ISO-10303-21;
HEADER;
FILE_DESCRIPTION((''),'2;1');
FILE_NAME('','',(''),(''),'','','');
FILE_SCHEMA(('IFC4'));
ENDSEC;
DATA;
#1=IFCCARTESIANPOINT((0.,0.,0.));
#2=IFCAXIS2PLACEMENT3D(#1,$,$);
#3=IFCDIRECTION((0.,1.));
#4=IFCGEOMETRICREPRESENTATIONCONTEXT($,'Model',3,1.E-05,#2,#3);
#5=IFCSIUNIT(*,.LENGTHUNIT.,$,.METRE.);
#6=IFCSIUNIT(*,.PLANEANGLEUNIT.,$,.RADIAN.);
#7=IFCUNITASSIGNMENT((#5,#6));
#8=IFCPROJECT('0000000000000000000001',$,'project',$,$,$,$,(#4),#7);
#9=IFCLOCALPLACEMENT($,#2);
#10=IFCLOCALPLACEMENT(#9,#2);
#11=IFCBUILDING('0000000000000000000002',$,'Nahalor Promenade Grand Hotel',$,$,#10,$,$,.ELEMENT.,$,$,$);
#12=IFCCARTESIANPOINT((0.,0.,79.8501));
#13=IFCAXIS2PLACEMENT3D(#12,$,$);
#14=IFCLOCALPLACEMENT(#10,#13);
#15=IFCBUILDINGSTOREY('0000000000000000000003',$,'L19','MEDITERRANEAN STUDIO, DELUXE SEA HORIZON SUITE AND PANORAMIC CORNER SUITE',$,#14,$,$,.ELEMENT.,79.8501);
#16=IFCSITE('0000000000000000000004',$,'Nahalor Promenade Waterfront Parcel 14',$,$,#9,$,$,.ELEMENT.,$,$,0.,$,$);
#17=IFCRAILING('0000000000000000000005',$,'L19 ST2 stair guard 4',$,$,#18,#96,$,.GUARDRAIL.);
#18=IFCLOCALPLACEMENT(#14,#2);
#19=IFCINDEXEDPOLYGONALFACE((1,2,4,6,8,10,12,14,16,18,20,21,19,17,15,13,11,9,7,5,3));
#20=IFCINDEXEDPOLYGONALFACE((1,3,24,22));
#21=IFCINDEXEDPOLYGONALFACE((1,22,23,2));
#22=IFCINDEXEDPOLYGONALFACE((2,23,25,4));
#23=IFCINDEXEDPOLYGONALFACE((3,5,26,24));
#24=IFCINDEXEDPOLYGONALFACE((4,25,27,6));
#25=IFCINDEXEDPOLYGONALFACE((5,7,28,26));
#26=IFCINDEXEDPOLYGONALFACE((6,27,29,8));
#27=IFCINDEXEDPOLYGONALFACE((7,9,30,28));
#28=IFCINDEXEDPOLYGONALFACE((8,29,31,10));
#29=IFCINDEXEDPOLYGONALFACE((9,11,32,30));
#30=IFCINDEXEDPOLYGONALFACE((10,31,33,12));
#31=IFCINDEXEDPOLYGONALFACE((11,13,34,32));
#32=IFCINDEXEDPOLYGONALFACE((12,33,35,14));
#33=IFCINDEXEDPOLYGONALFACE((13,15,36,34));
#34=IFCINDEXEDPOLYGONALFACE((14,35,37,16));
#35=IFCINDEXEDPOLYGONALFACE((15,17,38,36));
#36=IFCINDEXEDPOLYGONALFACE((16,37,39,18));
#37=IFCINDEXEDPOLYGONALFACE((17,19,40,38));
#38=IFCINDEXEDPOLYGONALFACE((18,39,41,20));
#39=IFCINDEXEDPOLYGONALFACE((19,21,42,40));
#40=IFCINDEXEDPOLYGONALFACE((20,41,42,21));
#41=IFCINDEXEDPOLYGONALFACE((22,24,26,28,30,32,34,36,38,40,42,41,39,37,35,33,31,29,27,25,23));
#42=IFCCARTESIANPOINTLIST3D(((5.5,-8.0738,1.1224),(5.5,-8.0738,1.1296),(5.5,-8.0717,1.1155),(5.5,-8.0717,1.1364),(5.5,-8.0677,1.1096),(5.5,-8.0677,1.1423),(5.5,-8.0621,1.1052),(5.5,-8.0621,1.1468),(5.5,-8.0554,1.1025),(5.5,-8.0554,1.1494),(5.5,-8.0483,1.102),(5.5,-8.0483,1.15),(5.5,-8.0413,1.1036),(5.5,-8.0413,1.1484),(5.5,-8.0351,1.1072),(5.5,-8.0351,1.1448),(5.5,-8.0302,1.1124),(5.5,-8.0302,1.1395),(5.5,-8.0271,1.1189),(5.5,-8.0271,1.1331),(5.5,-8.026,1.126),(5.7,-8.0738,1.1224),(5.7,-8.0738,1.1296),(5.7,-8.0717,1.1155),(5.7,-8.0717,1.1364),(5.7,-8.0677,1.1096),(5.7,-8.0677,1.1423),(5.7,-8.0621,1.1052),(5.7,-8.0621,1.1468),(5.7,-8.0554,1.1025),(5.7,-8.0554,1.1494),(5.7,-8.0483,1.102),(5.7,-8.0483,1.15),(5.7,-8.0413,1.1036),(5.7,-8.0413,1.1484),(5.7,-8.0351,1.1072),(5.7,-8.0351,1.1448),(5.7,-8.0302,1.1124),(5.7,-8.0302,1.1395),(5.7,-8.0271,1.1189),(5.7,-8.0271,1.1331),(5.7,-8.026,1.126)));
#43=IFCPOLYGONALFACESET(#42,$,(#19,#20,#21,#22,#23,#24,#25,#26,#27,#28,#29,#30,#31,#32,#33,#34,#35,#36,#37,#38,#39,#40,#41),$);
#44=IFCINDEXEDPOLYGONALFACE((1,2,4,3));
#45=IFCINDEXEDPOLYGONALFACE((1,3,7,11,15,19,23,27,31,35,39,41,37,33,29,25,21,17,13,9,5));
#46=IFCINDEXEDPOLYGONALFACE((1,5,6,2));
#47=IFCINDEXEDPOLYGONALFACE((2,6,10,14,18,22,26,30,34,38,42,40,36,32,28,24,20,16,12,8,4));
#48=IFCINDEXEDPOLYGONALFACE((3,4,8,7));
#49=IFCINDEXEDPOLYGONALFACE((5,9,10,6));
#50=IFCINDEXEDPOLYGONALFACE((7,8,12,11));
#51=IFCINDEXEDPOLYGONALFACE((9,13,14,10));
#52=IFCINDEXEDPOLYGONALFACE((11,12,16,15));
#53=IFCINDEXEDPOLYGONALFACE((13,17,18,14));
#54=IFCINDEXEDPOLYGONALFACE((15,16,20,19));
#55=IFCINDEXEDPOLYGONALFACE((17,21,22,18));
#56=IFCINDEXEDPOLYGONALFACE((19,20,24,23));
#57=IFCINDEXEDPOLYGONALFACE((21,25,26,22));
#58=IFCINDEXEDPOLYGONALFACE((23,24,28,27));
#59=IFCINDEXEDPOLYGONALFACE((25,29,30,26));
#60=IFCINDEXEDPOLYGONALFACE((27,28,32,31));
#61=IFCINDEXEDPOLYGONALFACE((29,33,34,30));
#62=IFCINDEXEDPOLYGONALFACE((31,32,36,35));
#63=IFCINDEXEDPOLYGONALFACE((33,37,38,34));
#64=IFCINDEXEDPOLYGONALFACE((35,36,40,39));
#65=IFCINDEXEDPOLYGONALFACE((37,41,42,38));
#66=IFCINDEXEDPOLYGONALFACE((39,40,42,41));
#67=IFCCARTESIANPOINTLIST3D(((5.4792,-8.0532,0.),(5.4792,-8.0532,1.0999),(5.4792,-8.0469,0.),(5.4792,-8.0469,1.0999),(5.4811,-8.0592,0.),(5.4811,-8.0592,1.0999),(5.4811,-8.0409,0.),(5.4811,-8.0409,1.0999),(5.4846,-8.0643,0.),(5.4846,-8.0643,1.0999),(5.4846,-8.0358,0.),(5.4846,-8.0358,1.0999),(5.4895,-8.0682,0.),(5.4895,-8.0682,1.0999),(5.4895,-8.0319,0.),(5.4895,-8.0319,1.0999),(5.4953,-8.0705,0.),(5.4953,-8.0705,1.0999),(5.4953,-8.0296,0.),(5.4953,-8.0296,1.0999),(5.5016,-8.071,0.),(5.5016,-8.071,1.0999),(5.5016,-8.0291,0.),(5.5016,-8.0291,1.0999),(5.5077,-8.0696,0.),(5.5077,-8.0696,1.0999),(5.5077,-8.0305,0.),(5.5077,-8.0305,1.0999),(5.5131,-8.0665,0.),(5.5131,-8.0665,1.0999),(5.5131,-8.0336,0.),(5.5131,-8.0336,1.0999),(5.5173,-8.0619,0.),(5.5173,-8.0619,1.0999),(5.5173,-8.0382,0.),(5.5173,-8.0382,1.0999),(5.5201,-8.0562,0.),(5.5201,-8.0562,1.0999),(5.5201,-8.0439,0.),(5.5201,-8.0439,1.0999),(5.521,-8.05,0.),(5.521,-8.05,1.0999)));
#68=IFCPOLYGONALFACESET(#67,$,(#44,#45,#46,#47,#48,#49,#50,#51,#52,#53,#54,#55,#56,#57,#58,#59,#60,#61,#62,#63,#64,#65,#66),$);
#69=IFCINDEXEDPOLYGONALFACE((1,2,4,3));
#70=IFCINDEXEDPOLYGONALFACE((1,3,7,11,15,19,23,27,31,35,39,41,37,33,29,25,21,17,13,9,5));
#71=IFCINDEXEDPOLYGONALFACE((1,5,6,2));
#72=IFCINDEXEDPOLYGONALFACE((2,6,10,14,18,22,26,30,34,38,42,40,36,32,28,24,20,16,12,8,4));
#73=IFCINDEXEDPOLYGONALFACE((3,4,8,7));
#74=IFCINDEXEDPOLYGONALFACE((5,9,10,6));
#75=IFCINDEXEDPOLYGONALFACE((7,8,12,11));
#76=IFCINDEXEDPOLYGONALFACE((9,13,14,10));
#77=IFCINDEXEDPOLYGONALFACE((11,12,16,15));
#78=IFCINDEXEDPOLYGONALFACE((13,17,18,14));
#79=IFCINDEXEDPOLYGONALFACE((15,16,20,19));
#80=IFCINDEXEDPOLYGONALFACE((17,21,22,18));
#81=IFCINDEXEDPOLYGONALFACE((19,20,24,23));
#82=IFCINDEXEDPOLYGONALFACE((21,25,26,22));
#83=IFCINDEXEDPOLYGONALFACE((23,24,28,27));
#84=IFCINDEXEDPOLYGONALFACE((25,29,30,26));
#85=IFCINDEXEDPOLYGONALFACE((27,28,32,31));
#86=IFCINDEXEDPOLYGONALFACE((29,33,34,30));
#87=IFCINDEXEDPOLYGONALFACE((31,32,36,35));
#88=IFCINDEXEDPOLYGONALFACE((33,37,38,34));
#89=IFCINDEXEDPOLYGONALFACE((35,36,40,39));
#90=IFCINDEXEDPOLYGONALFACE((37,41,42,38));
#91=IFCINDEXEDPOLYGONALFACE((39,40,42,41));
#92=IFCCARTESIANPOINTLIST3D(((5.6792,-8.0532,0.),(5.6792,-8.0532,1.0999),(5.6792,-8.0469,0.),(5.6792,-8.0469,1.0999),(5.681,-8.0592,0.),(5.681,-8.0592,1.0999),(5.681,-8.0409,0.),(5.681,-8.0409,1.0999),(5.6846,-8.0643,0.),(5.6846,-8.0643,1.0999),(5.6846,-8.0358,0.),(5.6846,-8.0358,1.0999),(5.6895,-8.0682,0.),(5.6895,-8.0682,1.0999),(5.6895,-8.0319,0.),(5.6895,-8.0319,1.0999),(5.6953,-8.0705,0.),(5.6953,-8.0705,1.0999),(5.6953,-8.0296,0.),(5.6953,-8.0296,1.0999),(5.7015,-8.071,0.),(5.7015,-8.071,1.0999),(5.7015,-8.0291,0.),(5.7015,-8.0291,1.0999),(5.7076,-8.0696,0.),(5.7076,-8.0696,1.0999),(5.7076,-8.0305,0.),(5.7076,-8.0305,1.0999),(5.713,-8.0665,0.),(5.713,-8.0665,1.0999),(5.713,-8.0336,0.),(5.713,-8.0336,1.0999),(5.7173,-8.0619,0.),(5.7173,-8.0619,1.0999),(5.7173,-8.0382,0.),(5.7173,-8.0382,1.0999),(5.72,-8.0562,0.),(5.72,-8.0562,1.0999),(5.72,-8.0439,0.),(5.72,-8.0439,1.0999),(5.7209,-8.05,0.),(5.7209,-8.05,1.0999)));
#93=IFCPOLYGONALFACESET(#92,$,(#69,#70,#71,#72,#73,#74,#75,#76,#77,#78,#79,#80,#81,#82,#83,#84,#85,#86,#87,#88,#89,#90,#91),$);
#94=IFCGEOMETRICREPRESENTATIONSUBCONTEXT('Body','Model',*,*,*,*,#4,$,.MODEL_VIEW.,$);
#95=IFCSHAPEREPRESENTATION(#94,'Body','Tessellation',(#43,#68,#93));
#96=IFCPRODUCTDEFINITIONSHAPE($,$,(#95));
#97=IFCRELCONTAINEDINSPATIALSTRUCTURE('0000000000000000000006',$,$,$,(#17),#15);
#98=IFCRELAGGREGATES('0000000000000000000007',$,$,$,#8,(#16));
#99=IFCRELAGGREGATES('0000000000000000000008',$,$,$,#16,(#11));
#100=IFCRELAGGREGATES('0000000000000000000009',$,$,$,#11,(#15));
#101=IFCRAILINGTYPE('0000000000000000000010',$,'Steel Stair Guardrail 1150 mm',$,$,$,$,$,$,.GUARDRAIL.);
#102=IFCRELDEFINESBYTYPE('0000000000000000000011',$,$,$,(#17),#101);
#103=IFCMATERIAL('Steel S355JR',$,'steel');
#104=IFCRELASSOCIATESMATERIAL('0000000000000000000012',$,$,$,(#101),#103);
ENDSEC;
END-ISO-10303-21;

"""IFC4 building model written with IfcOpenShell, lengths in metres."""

from ifc_helpers import new_model, si_unit, direction, frame, origin, origin_2d, place, context, subcontext, project, spatial, circle, extrude, material, type_object, element, save


model = new_model("IFC4")

# Units and contexts
model_context = context("Model", 3, precision=1e-05, world=origin(), true_north=direction((0.0, 1.0)))
body_context = subcontext(model_context, "Body", "Model", "MODEL_VIEW")
ifc_project = project(units=[si_unit("LENGTHUNIT", "METRE"), si_unit("PLANEANGLEUNIT", "RADIAN")], contexts=[model_context])

# Site, building, storey
site_placement = place(None, origin())
site = spatial("IfcSite", under=ifc_project, at=site_placement, Name="Nahalor Promenade Waterfront Parcel 14", CompositionType="ELEMENT", RefElevation=0.0)
building_placement = place(site_placement, origin())
building = spatial("IfcBuilding", under=site, at=building_placement, Name="Nahalor Promenade Grand Hotel", CompositionType="ELEMENT")
storey_placement = place(building_placement, frame((0.0, 0.0, 79.8501)))
storey = spatial("IfcBuildingStorey", under=building, at=storey_placement, Name="L19", Description="MEDITERRANEAN STUDIO, DELUXE SEA HORIZON SUITE AND PANORAMIC CORNER SUITE", CompositionType="ELEMENT", Elevation=79.8501)

# Shared definitions
ifc_material_1 = material(Name="Steel S355JR", Category="steel")

# Railing
railing_type_1 = type_object("IfcRailingType", Name="Steel Stair Guardrail 1150 mm", PredefinedType="GUARDRAIL", material=ifc_material_1)
railing_1_placement = place(storey_placement, frame((5.5, -8.05, 0.0)))
element("IfcRailing", 1, at=railing_1_placement, inside=storey, type_object=railing_type_1, Name="L19 ST2 stair guard 4", PredefinedType="GUARDRAIL", context=body_context, shape_type="SweptSolid", body=[
    extrude(circle(Radius=0.024, at=origin_2d()), frame((0.0, 0.0, 1.126), z_axis=(1.0, 0.0, 0.0), x_axis=(0.0, 1.0, 0.0)), (0.0, 0.0, 1.0), 0.2),
    extrude(circle(Radius=0.021, at=origin_2d()), origin(), (0.0, 0.0, 1.0), 1.0999),
    extrude(circle(Radius=0.021, at=origin_2d()), frame((0.2, 0.0, 0.0)), (0.0, 0.0, 1.0), 1.0999),
])

save(model, "model.ifc")
